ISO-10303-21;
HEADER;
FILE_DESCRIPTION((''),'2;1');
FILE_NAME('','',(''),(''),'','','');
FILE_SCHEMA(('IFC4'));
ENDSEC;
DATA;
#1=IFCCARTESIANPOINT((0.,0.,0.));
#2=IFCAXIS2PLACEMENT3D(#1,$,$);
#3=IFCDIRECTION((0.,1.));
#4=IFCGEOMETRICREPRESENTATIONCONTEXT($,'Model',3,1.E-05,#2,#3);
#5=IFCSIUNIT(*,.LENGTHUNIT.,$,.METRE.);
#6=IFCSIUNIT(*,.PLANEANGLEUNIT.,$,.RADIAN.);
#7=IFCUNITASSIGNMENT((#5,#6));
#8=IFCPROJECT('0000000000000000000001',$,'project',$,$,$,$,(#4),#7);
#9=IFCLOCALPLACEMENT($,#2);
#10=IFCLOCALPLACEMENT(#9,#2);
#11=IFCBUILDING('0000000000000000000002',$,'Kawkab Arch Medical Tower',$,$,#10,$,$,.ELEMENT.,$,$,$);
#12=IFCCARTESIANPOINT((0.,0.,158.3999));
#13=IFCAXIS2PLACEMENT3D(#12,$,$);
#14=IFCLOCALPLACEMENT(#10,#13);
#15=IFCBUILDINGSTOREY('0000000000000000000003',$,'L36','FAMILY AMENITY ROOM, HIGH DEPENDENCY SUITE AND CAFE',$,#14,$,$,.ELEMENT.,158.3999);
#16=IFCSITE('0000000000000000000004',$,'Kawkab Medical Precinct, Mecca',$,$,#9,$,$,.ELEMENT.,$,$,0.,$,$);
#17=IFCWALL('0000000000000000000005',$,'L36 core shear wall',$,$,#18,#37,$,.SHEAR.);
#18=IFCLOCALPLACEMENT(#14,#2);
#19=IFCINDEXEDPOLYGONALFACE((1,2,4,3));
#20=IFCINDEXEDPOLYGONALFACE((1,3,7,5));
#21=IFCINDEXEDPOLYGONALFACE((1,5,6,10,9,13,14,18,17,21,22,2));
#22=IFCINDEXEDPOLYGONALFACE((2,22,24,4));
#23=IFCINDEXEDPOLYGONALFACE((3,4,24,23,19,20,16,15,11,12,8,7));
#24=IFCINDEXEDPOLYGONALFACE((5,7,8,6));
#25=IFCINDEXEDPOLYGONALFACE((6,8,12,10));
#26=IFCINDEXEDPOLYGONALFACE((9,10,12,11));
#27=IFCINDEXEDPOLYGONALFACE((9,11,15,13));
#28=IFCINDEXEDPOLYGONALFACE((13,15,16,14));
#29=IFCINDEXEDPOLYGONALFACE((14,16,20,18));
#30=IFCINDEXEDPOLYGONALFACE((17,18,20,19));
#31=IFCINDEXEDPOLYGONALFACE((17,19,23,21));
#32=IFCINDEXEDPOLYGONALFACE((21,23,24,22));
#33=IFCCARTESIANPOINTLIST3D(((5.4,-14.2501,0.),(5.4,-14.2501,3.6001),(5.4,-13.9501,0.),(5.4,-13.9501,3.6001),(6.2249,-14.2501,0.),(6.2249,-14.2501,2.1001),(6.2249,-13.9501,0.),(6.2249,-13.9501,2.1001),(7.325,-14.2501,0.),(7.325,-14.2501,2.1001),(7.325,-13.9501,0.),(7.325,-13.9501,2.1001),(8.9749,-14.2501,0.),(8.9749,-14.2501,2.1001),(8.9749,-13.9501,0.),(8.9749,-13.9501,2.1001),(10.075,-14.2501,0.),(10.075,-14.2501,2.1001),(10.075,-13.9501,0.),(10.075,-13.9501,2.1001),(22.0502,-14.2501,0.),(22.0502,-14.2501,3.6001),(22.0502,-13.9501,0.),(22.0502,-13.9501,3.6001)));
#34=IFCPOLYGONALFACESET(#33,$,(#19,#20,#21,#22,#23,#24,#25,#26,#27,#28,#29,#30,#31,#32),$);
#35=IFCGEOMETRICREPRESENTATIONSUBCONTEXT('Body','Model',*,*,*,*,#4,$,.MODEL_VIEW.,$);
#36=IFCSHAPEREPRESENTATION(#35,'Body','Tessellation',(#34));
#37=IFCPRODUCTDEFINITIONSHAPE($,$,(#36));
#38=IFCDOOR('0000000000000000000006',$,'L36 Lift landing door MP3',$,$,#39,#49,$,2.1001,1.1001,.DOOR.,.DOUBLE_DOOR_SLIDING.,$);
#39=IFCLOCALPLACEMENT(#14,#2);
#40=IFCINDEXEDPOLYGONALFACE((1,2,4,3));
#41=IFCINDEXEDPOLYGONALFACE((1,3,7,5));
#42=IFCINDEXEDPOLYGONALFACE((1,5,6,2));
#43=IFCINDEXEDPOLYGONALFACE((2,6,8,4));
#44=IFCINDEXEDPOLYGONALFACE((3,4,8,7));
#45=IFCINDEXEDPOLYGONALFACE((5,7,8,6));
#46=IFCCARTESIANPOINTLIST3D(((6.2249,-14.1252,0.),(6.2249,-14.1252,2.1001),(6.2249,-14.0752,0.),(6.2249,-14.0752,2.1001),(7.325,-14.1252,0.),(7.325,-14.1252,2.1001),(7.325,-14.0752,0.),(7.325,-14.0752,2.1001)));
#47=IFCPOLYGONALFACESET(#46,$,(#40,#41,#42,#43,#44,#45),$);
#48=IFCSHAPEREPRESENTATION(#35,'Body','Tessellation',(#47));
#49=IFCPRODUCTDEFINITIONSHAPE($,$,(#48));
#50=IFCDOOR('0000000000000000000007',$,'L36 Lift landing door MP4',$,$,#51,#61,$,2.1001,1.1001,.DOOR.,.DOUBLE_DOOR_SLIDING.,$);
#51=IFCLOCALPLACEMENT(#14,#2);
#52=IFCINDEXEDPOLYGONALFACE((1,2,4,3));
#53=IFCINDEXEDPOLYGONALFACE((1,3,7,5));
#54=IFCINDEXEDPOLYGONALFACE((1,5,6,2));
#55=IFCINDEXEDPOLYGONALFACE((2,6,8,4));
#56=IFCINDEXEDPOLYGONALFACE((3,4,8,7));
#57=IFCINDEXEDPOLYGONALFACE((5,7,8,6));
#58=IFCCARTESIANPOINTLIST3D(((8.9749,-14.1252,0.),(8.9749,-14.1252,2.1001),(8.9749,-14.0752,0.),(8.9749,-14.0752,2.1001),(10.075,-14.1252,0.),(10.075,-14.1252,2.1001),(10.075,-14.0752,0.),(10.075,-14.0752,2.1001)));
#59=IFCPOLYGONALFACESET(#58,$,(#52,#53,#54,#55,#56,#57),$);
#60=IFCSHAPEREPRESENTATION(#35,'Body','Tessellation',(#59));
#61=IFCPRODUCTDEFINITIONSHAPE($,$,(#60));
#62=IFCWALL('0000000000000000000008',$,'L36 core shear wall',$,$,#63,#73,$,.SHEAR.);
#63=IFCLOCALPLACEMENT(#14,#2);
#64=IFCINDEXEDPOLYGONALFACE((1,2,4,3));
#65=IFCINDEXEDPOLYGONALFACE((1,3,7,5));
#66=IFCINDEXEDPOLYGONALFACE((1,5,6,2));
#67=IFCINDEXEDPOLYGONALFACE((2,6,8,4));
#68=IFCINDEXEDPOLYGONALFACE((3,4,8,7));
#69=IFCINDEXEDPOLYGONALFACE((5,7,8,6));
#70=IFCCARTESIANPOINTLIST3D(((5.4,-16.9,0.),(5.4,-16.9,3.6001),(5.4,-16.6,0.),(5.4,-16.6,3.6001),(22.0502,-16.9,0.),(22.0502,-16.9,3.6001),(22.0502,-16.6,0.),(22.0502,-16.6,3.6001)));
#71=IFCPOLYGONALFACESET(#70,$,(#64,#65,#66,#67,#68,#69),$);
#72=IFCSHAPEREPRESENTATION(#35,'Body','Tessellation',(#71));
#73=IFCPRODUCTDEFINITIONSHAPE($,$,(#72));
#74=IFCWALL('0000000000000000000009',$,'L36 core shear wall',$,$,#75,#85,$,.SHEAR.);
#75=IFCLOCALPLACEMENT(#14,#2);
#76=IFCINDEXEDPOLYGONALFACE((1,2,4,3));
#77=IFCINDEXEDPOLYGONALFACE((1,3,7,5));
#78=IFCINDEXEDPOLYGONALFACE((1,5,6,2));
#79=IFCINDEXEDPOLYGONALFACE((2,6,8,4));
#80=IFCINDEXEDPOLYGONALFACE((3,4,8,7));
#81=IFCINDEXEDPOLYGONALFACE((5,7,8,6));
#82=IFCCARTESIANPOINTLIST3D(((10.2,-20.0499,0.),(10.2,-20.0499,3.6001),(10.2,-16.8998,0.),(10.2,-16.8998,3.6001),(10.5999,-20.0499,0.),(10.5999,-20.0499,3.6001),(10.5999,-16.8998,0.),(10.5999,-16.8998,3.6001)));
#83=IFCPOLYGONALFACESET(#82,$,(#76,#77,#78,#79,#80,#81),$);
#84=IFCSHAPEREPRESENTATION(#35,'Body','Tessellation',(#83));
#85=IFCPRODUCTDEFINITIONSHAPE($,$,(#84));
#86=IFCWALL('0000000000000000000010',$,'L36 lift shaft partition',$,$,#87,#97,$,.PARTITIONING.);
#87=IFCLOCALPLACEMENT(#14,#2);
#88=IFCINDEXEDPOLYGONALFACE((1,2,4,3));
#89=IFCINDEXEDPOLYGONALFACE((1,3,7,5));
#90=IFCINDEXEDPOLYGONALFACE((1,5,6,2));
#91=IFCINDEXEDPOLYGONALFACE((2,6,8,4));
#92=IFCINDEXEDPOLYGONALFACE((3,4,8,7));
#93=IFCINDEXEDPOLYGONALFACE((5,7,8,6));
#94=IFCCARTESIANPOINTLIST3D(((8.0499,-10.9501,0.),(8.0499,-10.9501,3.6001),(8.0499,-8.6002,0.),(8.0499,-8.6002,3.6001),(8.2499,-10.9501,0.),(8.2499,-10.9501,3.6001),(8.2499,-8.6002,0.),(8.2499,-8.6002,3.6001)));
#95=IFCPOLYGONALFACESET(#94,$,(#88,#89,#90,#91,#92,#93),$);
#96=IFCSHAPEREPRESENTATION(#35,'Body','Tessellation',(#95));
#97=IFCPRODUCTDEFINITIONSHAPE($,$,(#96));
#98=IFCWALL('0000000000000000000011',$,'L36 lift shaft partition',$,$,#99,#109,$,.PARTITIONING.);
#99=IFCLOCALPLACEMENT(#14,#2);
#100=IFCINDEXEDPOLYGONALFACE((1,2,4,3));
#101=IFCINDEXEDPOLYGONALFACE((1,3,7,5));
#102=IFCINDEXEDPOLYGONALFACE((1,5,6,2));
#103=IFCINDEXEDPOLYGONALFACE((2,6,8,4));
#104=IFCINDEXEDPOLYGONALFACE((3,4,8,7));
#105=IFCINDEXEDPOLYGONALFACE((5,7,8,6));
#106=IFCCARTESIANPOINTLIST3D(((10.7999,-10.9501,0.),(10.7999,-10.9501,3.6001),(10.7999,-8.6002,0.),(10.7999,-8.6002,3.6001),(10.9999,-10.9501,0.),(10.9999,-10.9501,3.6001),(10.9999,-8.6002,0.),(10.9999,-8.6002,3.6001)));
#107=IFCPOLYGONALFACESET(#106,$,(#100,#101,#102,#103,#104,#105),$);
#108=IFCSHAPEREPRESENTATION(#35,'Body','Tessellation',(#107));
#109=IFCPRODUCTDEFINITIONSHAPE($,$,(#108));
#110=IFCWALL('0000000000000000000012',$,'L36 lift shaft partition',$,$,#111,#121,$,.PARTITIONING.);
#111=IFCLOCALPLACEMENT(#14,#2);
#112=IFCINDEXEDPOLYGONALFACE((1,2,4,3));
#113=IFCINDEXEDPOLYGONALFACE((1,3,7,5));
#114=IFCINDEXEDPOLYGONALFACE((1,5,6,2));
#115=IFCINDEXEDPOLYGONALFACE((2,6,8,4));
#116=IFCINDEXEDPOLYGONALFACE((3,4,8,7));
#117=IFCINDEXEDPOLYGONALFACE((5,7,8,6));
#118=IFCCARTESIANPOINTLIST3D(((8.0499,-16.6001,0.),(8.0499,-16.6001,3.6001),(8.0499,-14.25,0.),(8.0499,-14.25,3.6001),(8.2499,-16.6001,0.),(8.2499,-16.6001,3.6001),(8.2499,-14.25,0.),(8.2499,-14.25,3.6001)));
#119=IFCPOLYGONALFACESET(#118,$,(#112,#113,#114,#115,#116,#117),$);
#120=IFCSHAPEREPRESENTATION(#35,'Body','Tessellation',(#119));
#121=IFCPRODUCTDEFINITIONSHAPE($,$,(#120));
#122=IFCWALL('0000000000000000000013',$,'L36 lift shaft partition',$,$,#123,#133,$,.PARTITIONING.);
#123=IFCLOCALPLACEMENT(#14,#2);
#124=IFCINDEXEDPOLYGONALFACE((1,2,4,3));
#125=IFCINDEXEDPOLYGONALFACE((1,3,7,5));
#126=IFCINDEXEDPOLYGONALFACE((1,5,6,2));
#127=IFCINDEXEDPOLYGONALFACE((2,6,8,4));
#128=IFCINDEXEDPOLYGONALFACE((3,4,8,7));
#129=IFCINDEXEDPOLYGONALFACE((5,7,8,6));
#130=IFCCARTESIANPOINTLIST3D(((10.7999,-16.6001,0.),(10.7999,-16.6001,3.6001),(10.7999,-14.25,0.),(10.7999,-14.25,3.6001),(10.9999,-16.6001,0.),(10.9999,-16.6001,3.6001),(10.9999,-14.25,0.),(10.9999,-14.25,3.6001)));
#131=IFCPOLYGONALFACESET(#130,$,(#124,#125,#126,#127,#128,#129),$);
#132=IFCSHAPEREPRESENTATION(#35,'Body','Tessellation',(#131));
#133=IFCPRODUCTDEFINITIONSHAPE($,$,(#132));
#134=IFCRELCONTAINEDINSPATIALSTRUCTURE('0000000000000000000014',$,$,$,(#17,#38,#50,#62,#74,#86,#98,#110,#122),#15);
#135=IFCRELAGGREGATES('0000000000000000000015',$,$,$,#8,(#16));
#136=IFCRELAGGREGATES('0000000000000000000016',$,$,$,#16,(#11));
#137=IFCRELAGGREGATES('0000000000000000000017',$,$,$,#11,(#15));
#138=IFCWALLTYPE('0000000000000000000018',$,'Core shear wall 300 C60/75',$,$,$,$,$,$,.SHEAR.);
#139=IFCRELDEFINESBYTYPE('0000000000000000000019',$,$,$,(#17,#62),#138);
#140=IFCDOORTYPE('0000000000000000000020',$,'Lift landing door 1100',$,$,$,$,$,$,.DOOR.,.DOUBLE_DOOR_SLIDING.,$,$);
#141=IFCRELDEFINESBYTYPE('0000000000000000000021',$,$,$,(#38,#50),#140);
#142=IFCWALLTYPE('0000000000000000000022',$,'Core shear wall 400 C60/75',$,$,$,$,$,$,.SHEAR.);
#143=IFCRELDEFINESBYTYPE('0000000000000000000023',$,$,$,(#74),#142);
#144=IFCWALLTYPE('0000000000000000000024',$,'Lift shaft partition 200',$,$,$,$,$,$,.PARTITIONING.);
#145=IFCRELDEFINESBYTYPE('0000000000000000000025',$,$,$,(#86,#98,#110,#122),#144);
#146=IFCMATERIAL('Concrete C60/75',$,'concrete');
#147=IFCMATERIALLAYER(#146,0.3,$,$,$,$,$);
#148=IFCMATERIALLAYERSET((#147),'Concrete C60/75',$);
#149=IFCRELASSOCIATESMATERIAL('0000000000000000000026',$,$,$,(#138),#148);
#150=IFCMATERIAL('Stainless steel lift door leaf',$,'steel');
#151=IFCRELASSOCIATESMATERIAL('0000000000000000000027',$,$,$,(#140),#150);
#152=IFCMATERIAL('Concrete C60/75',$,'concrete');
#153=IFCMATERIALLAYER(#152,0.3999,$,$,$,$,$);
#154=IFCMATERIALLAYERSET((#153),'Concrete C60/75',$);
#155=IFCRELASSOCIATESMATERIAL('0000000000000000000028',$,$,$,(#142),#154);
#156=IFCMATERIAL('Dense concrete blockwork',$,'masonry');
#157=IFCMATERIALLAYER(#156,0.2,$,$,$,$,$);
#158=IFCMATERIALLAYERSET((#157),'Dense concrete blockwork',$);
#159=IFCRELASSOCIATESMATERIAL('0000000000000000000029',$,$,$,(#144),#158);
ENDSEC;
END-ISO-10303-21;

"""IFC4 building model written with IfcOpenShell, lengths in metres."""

from ifc_helpers import new_model, si_unit, direction, frame, frame_2d, origin, place, context, subcontext, project, spatial, rectangle, extrude, material, layer, layer_set, type_object, element, fill, save


model = new_model("IFC4")

# Units and contexts
model_context = context("Model", 3, precision=1e-05, world=origin(), true_north=direction((0.0, 1.0)))
body_context = subcontext(model_context, "Body", "Model", "MODEL_VIEW")
ifc_project = project(units=[si_unit("LENGTHUNIT", "METRE"), si_unit("PLANEANGLEUNIT", "RADIAN")], contexts=[model_context])

# Site, building, storey
site_placement = place(None, origin())
site = spatial("IfcSite", under=ifc_project, at=site_placement, Name="Kawkab Medical Precinct, Mecca", CompositionType="ELEMENT", RefElevation=0.0)
building_placement = place(site_placement, origin())
building = spatial("IfcBuilding", under=site, at=building_placement, Name="Kawkab Arch Medical Tower", CompositionType="ELEMENT")
storey_placement = place(building_placement, frame((0.0, 0.0, 158.3999)))
storey = spatial("IfcBuildingStorey", under=building, at=storey_placement, Name="L36", Description="FAMILY AMENITY ROOM, HIGH DEPENDENCY SUITE AND CAFE", CompositionType="ELEMENT", Elevation=158.3999)

# Shared definitions
ifc_material_1 = material(Name="Concrete C60/75", Category="concrete")
ifc_layer_1 = layer(ifc_material_1, 0.3)
ifc_layer_set_1 = layer_set([ifc_layer_1], Name="Concrete C60/75")
wall_type_1 = type_object("IfcWallType", Name="Core shear wall 300 C60/75", PredefinedType="SHEAR", material=ifc_layer_set_1)

# Wall, openings, doors
ifc_material_2 = material(Name="Stainless steel lift door leaf", Category="steel")
door_type_1 = type_object("IfcDoorType", Name="Lift landing door 1100", OperationType="DOUBLE_DOOR_SLIDING", PredefinedType="DOOR", material=ifc_material_2)
wall_1_placement = place(storey_placement, frame((5.3999, -14.1001, 0.0), z_axis=(0.0, 0.0, 1.0), x_axis=(1.0, 0.0, 0.0)))
wall_1 = element("IfcWall", 1, at=wall_1_placement, inside=storey, type_object=wall_type_1, Name="L36 core shear wall", PredefinedType="SHEAR", context=body_context, shape_type="SweptSolid", body=[
    extrude(rectangle(XDim=16.6501, YDim=0.3, at=frame_2d((8.3252, 0.0))), origin(), (0.0, 0.0, 1.0), 3.6001),
])
opening_1_placement = place(wall_1_placement, frame((0.825, 0.0, 0.0)))
opening_1 = element("IfcOpeningElement", 2, at=opening_1_placement, cuts=wall_1, PredefinedType="OPENING", context=body_context, shape_type="SweptSolid", body=[
    extrude(rectangle(XDim=1.1001, YDim=2.1001, at=frame_2d((0.55, 1.05))), frame((0.0, 0.1599, 0.0), z_axis=(0.0, -1.0, 0.0), x_axis=(1.0, 0.0, 0.0)), (0.0, 0.0, 1.0), 0.3201),
])
opening_2_placement = place(wall_1_placement, frame((3.575, 0.0, 0.0)))
opening_2 = element("IfcOpeningElement", 3, at=opening_2_placement, cuts=wall_1, PredefinedType="OPENING", context=body_context, shape_type="SweptSolid", body=[
    extrude(rectangle(XDim=1.1001, YDim=2.1001, at=frame_2d((0.55, 1.05))), frame((0.0, 0.1599, 0.0), z_axis=(0.0, -1.0, 0.0), x_axis=(1.0, 0.0, 0.0)), (0.0, 0.0, 1.0), 0.3201),
])
door_1_placement = place(opening_1_placement, origin())
door_1 = element("IfcDoor", 4, at=door_1_placement, inside=storey, type_object=door_type_1, Name="L36 Lift landing door MP3", OperationType="DOUBLE_DOOR_SLIDING", OverallHeight=2.1001, OverallWidth=1.1001, PredefinedType="DOOR", context=body_context, shape_type="SweptSolid", body=[
    extrude(rectangle(XDim=1.1001, YDim=2.1001, at=frame_2d((0.55, 1.05))), frame((0.0, 0.0249, 0.0), z_axis=(0.0, -1.0, 0.0), x_axis=(1.0, 0.0, 0.0)), (0.0, 0.0, 1.0), 0.05),
])
fill(opening_1, door_1)
door_2_placement = place(opening_2_placement, origin())
door_2 = element("IfcDoor", 5, at=door_2_placement, inside=storey, type_object=door_type_1, Name="L36 Lift landing door MP4", OperationType="DOUBLE_DOOR_SLIDING", OverallHeight=2.1001, OverallWidth=1.1001, PredefinedType="DOOR", context=body_context, shape_type="SweptSolid", body=[
    extrude(rectangle(XDim=1.1001, YDim=2.1001, at=frame_2d((0.55, 1.05))), frame((0.0, 0.0249, 0.0), z_axis=(0.0, -1.0, 0.0), x_axis=(1.0, 0.0, 0.0)), (0.0, 0.0, 1.0), 0.05),
])
fill(opening_2, door_2)

# Walls
wall_2_placement = place(storey_placement, frame((5.3999, -16.75, 0.0), z_axis=(0.0, 0.0, 1.0), x_axis=(1.0, 0.0, 0.0)))
element("IfcWall", 6, at=wall_2_placement, inside=storey, type_object=wall_type_1, Name="L36 core shear wall", PredefinedType="SHEAR", context=body_context, shape_type="SweptSolid", body=[
    extrude(rectangle(XDim=16.6501, YDim=0.3, at=frame_2d((8.3252, 0.0))), origin(), (0.0, 0.0, 1.0), 3.6001),
])
ifc_material_3 = material(Name="Concrete C60/75", Category="concrete")
ifc_layer_2 = layer(ifc_material_3, 0.3999)
ifc_layer_set_2 = layer_set([ifc_layer_2], Name="Concrete C60/75")
wall_type_2 = type_object("IfcWallType", Name="Core shear wall 400 C60/75", PredefinedType="SHEAR", material=ifc_layer_set_2)
wall_3_placement = place(storey_placement, frame((10.3999, -20.05, 0.0), z_axis=(0.0, 0.0, 1.0), x_axis=(0.0, 1.0, 0.0)))
element("IfcWall", 7, at=wall_3_placement, inside=storey, type_object=wall_type_2, Name="L36 core shear wall", PredefinedType="SHEAR", context=body_context, shape_type="SweptSolid", body=[
    extrude(rectangle(XDim=3.1501, YDim=0.3999, at=frame_2d((1.5752, 0.0))), origin(), (0.0, 0.0, 1.0), 3.6001),
])
ifc_material_4 = material(Name="Dense concrete blockwork", Category="masonry")
ifc_layer_3 = layer(ifc_material_4, 0.2)
ifc_layer_set_3 = layer_set([ifc_layer_3], Name="Dense concrete blockwork")
wall_type_3 = type_object("IfcWallType", Name="Lift shaft partition 200", PredefinedType="PARTITIONING", material=ifc_layer_set_3)
for number, where, z_axis, x_axis, name in (
    (8, (8.1499, -10.95, 0.0), (0.0, 0.0, 1.0), (0.0, 1.0, 0.0), "L36 lift shaft partition"),
    (9, (10.8999, -10.95, 0.0), (0.0, 0.0, 1.0), (0.0, 1.0, 0.0), "L36 lift shaft partition"),
):
    element("IfcWall", number, at=place(storey_placement, frame(where, z_axis=z_axis, x_axis=x_axis)), inside=storey, type_object=wall_type_3, Name=name, PredefinedType="PARTITIONING", context=body_context, shape_type="SweptSolid", body=[
        extrude(rectangle(XDim=2.3499, YDim=0.2, at=frame_2d((1.1748, 0.0))), origin(), (0.0, 0.0, 1.0), 3.6001),
    ])
for number, where, z_axis, x_axis, name in (
    (10, (8.1499, -16.6001, 0.0), (0.0, 0.0, 1.0), (0.0, 1.0, 0.0), "L36 lift shaft partition"),
    (11, (10.8999, -16.6001, 0.0), (0.0, 0.0, 1.0), (0.0, 1.0, 0.0), "L36 lift shaft partition"),
):
    element("IfcWall", number, at=place(storey_placement, frame(where, z_axis=z_axis, x_axis=x_axis)), inside=storey, type_object=wall_type_3, Name=name, PredefinedType="PARTITIONING", context=body_context, shape_type="SweptSolid", body=[
        extrude(rectangle(XDim=2.3501, YDim=0.2, at=frame_2d((1.175, 0.0))), origin(), (0.0, 0.0, 1.0), 3.6001),
    ])

save(model, "model.ifc")
